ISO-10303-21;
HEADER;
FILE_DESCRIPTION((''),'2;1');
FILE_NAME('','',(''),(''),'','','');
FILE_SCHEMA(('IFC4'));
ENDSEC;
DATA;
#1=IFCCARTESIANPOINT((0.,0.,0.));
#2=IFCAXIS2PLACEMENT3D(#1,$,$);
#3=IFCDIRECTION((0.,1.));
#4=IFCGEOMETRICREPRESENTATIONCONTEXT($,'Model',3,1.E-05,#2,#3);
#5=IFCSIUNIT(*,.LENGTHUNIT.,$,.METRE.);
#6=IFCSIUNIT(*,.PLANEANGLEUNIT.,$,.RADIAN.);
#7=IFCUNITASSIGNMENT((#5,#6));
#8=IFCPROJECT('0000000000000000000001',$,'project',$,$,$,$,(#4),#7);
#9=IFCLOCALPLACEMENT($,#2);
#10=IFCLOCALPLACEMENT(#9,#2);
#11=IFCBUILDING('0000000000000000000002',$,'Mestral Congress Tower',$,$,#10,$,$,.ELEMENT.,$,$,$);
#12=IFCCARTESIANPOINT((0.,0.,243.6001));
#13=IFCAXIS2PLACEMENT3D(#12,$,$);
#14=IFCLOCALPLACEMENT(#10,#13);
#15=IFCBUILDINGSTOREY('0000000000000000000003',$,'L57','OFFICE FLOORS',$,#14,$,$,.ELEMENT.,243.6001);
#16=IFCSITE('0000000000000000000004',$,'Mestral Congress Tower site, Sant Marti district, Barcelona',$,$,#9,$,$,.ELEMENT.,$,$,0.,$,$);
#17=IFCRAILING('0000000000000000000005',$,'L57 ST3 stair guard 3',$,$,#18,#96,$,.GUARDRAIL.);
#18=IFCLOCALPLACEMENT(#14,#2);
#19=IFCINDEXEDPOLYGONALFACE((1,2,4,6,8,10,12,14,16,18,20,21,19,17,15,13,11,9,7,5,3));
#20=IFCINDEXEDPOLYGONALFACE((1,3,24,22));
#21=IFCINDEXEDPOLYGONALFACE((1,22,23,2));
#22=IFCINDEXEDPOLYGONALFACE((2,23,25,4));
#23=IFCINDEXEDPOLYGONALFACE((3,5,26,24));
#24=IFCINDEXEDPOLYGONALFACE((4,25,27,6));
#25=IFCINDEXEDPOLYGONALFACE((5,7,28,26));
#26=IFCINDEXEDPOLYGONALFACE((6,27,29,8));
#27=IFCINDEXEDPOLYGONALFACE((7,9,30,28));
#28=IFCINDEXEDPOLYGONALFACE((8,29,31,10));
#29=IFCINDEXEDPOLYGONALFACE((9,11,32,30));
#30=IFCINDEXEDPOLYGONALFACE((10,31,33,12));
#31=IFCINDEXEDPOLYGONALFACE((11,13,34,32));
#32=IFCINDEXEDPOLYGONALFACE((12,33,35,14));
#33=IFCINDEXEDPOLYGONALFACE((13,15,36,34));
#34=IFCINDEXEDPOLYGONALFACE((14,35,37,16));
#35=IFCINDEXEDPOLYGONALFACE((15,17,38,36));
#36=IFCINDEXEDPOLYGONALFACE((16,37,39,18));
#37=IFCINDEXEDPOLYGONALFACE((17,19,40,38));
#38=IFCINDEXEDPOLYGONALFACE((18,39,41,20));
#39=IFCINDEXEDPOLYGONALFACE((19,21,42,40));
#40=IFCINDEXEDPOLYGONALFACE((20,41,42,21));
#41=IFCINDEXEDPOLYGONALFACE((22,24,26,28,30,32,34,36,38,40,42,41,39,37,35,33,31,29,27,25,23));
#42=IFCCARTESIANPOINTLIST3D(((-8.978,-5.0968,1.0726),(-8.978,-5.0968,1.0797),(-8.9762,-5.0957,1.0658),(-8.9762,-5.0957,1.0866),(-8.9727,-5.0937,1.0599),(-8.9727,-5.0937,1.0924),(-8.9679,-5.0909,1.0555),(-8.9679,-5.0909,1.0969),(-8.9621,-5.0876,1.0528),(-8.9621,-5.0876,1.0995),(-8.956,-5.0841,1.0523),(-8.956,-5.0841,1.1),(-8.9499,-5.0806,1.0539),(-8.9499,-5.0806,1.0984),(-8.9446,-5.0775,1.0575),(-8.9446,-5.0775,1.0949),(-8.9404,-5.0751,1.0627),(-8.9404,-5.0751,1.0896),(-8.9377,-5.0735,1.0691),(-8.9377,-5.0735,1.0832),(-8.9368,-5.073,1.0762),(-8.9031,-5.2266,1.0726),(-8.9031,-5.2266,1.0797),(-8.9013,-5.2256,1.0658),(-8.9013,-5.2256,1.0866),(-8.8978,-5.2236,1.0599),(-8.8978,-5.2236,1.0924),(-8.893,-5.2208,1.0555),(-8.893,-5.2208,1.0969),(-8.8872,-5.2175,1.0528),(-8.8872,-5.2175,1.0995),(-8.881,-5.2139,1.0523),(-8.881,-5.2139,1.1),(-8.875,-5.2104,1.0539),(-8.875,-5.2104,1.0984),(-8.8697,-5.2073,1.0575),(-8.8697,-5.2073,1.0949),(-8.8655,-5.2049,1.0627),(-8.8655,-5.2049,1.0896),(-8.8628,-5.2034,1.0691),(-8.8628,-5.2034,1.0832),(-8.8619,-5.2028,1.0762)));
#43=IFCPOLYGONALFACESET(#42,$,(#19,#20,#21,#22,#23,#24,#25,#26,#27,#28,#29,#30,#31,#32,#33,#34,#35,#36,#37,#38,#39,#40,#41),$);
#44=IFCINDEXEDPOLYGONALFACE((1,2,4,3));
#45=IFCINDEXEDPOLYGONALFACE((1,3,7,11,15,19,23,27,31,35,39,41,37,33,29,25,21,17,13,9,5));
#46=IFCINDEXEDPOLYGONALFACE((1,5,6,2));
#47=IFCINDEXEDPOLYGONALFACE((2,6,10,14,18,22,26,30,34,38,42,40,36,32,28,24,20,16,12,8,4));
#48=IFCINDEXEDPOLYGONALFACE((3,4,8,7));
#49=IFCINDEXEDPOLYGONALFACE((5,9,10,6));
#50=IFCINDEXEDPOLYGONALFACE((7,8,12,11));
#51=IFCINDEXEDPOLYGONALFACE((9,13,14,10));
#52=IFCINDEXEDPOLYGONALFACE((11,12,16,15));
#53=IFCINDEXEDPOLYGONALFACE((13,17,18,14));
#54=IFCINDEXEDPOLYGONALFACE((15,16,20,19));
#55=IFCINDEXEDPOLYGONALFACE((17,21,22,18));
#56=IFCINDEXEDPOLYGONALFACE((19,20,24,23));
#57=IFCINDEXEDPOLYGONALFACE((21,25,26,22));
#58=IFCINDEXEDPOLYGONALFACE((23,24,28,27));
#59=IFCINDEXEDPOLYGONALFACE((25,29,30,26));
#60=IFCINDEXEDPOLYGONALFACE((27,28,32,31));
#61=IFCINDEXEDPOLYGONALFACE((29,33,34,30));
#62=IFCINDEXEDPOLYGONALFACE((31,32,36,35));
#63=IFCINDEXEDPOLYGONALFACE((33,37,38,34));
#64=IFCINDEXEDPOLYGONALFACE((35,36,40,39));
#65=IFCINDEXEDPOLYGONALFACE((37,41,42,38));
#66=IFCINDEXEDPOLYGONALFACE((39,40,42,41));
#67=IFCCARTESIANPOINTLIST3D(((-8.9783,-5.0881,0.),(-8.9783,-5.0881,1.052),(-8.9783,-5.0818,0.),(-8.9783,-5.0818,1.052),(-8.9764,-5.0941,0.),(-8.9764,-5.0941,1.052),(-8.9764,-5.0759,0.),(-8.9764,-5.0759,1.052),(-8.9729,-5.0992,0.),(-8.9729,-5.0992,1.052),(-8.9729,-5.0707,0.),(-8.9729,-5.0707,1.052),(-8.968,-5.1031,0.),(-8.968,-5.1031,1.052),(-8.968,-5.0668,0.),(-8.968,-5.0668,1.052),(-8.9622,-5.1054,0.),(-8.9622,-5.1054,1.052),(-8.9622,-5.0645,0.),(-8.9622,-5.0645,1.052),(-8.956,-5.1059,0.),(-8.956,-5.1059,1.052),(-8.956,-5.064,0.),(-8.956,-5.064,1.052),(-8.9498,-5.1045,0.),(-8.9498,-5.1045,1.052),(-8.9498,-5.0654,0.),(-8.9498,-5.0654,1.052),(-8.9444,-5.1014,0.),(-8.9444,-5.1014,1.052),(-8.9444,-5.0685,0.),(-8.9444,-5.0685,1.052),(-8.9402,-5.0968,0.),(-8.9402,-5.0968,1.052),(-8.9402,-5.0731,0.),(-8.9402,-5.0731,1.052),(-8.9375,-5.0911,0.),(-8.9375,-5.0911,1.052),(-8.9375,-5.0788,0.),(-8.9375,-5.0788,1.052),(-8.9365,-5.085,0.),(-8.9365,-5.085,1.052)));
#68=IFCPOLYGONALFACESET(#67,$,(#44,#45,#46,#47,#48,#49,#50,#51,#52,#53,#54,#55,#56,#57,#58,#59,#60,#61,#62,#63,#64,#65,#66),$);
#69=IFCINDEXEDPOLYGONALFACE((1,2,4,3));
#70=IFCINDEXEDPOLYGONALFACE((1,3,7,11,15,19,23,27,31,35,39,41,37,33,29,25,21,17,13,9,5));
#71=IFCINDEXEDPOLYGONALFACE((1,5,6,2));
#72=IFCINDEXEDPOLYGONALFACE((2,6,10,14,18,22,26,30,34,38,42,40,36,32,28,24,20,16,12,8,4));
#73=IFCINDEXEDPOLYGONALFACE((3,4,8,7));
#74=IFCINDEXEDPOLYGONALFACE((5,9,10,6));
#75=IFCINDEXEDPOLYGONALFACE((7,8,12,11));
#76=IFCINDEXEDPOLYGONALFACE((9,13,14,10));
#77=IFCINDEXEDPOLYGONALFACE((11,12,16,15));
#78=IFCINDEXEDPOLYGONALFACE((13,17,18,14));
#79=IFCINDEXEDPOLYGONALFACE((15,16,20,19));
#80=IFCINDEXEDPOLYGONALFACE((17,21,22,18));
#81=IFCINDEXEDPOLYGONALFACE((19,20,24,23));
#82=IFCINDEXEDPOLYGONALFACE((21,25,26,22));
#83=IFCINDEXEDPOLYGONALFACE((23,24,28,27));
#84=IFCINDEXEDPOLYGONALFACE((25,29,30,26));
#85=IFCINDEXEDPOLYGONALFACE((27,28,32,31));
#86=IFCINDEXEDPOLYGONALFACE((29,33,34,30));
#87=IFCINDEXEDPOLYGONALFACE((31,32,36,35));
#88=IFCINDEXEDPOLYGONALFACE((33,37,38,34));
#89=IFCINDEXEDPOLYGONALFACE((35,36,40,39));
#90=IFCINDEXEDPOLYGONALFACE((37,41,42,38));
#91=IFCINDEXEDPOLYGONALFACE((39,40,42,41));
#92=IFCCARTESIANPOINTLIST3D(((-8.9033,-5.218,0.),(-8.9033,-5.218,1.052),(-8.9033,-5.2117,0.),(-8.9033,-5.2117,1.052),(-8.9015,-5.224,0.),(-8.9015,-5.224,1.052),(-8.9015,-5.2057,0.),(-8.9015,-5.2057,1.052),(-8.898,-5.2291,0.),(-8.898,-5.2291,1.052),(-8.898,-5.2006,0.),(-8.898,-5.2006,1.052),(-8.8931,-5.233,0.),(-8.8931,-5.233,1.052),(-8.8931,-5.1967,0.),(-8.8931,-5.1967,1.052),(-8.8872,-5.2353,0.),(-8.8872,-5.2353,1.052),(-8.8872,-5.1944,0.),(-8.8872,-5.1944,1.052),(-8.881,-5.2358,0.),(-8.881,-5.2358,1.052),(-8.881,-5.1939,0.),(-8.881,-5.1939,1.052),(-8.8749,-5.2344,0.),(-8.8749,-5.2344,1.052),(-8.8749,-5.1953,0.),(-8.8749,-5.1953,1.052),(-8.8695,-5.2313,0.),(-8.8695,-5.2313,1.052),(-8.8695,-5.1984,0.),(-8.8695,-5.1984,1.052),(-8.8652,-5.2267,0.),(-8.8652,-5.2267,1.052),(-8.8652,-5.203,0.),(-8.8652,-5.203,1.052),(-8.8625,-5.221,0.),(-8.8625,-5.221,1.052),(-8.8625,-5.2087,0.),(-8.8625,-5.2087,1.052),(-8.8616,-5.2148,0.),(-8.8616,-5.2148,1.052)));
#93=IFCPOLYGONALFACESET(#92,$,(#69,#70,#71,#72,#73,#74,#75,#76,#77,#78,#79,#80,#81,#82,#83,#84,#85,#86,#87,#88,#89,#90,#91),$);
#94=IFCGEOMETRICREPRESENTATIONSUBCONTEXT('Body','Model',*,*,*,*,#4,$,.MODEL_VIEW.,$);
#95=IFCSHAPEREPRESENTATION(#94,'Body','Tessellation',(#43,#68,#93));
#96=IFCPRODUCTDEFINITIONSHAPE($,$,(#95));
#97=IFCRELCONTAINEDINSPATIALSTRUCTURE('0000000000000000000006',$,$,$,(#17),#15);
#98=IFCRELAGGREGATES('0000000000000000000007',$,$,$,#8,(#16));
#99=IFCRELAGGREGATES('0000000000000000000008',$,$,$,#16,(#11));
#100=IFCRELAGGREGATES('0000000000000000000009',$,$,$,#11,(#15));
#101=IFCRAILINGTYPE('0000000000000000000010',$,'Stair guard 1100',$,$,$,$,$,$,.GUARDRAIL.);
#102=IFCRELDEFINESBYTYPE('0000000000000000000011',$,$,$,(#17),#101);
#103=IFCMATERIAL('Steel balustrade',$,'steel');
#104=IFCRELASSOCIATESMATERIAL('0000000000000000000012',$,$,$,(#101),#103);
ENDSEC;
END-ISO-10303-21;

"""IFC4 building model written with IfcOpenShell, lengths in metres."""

from ifc_helpers import new_model, si_unit, direction, frame, origin, origin_2d, place, context, subcontext, project, spatial, circle, extrude, material, type_object, element, save


model = new_model("IFC4")

# Units and contexts
model_context = context("Model", 3, precision=1e-05, world=origin(), true_north=direction((0.0, 1.0)))
body_context = subcontext(model_context, "Body", "Model", "MODEL_VIEW")
ifc_project = project(units=[si_unit("LENGTHUNIT", "METRE"), si_unit("PLANEANGLEUNIT", "RADIAN")], contexts=[model_context])

# Site, building, storey
site_placement = place(None, origin())
site = spatial("IfcSite", under=ifc_project, at=site_placement, Name="Mestral Congress Tower site, Sant Marti district, Barcelona", CompositionType="ELEMENT", RefElevation=0.0)
building_placement = place(site_placement, origin())
building = spatial("IfcBuilding", under=site, at=building_placement, Name="Mestral Congress Tower", CompositionType="ELEMENT")
storey_placement = place(building_placement, frame((0.0, 0.0, 243.6001)))
storey = spatial("IfcBuildingStorey", under=building, at=storey_placement, Name="L57", Description="OFFICE FLOORS", CompositionType="ELEMENT", Elevation=243.6001)

# Railing
ifc_material_1 = material(Name="Steel balustrade", Category="steel")
railing_type_1 = type_object("IfcRailingType", Name="Stair guard 1100", PredefinedType="GUARDRAIL", material=ifc_material_1)
railing_1_placement = place(storey_placement, frame((-8.9575, -5.085, 0.0)))
element("IfcRailing", 1, at=railing_1_placement, inside=storey, type_object=railing_type_1, Name="L57 ST3 stair guard 3", PredefinedType="GUARDRAIL", context=body_context, shape_type="SweptSolid", body=[
    extrude(circle(Radius=0.0239, at=origin_2d()), frame((0.0, 0.0, 1.0762), z_axis=(0.499816, -0.866131, 0.0), x_axis=(0.866131, 0.499816, 0.0)), (0.0, 0.0, 1.0), 0.1499),
    extrude(circle(Radius=0.021, at=origin_2d()), origin(), (0.0, 0.0, 1.0), 1.052),
    extrude(circle(Radius=0.021, at=origin_2d()), frame((0.075, -0.1299, 0.0)), (0.0, 0.0, 1.0), 1.052),
])

save(model, "model.ifc")
